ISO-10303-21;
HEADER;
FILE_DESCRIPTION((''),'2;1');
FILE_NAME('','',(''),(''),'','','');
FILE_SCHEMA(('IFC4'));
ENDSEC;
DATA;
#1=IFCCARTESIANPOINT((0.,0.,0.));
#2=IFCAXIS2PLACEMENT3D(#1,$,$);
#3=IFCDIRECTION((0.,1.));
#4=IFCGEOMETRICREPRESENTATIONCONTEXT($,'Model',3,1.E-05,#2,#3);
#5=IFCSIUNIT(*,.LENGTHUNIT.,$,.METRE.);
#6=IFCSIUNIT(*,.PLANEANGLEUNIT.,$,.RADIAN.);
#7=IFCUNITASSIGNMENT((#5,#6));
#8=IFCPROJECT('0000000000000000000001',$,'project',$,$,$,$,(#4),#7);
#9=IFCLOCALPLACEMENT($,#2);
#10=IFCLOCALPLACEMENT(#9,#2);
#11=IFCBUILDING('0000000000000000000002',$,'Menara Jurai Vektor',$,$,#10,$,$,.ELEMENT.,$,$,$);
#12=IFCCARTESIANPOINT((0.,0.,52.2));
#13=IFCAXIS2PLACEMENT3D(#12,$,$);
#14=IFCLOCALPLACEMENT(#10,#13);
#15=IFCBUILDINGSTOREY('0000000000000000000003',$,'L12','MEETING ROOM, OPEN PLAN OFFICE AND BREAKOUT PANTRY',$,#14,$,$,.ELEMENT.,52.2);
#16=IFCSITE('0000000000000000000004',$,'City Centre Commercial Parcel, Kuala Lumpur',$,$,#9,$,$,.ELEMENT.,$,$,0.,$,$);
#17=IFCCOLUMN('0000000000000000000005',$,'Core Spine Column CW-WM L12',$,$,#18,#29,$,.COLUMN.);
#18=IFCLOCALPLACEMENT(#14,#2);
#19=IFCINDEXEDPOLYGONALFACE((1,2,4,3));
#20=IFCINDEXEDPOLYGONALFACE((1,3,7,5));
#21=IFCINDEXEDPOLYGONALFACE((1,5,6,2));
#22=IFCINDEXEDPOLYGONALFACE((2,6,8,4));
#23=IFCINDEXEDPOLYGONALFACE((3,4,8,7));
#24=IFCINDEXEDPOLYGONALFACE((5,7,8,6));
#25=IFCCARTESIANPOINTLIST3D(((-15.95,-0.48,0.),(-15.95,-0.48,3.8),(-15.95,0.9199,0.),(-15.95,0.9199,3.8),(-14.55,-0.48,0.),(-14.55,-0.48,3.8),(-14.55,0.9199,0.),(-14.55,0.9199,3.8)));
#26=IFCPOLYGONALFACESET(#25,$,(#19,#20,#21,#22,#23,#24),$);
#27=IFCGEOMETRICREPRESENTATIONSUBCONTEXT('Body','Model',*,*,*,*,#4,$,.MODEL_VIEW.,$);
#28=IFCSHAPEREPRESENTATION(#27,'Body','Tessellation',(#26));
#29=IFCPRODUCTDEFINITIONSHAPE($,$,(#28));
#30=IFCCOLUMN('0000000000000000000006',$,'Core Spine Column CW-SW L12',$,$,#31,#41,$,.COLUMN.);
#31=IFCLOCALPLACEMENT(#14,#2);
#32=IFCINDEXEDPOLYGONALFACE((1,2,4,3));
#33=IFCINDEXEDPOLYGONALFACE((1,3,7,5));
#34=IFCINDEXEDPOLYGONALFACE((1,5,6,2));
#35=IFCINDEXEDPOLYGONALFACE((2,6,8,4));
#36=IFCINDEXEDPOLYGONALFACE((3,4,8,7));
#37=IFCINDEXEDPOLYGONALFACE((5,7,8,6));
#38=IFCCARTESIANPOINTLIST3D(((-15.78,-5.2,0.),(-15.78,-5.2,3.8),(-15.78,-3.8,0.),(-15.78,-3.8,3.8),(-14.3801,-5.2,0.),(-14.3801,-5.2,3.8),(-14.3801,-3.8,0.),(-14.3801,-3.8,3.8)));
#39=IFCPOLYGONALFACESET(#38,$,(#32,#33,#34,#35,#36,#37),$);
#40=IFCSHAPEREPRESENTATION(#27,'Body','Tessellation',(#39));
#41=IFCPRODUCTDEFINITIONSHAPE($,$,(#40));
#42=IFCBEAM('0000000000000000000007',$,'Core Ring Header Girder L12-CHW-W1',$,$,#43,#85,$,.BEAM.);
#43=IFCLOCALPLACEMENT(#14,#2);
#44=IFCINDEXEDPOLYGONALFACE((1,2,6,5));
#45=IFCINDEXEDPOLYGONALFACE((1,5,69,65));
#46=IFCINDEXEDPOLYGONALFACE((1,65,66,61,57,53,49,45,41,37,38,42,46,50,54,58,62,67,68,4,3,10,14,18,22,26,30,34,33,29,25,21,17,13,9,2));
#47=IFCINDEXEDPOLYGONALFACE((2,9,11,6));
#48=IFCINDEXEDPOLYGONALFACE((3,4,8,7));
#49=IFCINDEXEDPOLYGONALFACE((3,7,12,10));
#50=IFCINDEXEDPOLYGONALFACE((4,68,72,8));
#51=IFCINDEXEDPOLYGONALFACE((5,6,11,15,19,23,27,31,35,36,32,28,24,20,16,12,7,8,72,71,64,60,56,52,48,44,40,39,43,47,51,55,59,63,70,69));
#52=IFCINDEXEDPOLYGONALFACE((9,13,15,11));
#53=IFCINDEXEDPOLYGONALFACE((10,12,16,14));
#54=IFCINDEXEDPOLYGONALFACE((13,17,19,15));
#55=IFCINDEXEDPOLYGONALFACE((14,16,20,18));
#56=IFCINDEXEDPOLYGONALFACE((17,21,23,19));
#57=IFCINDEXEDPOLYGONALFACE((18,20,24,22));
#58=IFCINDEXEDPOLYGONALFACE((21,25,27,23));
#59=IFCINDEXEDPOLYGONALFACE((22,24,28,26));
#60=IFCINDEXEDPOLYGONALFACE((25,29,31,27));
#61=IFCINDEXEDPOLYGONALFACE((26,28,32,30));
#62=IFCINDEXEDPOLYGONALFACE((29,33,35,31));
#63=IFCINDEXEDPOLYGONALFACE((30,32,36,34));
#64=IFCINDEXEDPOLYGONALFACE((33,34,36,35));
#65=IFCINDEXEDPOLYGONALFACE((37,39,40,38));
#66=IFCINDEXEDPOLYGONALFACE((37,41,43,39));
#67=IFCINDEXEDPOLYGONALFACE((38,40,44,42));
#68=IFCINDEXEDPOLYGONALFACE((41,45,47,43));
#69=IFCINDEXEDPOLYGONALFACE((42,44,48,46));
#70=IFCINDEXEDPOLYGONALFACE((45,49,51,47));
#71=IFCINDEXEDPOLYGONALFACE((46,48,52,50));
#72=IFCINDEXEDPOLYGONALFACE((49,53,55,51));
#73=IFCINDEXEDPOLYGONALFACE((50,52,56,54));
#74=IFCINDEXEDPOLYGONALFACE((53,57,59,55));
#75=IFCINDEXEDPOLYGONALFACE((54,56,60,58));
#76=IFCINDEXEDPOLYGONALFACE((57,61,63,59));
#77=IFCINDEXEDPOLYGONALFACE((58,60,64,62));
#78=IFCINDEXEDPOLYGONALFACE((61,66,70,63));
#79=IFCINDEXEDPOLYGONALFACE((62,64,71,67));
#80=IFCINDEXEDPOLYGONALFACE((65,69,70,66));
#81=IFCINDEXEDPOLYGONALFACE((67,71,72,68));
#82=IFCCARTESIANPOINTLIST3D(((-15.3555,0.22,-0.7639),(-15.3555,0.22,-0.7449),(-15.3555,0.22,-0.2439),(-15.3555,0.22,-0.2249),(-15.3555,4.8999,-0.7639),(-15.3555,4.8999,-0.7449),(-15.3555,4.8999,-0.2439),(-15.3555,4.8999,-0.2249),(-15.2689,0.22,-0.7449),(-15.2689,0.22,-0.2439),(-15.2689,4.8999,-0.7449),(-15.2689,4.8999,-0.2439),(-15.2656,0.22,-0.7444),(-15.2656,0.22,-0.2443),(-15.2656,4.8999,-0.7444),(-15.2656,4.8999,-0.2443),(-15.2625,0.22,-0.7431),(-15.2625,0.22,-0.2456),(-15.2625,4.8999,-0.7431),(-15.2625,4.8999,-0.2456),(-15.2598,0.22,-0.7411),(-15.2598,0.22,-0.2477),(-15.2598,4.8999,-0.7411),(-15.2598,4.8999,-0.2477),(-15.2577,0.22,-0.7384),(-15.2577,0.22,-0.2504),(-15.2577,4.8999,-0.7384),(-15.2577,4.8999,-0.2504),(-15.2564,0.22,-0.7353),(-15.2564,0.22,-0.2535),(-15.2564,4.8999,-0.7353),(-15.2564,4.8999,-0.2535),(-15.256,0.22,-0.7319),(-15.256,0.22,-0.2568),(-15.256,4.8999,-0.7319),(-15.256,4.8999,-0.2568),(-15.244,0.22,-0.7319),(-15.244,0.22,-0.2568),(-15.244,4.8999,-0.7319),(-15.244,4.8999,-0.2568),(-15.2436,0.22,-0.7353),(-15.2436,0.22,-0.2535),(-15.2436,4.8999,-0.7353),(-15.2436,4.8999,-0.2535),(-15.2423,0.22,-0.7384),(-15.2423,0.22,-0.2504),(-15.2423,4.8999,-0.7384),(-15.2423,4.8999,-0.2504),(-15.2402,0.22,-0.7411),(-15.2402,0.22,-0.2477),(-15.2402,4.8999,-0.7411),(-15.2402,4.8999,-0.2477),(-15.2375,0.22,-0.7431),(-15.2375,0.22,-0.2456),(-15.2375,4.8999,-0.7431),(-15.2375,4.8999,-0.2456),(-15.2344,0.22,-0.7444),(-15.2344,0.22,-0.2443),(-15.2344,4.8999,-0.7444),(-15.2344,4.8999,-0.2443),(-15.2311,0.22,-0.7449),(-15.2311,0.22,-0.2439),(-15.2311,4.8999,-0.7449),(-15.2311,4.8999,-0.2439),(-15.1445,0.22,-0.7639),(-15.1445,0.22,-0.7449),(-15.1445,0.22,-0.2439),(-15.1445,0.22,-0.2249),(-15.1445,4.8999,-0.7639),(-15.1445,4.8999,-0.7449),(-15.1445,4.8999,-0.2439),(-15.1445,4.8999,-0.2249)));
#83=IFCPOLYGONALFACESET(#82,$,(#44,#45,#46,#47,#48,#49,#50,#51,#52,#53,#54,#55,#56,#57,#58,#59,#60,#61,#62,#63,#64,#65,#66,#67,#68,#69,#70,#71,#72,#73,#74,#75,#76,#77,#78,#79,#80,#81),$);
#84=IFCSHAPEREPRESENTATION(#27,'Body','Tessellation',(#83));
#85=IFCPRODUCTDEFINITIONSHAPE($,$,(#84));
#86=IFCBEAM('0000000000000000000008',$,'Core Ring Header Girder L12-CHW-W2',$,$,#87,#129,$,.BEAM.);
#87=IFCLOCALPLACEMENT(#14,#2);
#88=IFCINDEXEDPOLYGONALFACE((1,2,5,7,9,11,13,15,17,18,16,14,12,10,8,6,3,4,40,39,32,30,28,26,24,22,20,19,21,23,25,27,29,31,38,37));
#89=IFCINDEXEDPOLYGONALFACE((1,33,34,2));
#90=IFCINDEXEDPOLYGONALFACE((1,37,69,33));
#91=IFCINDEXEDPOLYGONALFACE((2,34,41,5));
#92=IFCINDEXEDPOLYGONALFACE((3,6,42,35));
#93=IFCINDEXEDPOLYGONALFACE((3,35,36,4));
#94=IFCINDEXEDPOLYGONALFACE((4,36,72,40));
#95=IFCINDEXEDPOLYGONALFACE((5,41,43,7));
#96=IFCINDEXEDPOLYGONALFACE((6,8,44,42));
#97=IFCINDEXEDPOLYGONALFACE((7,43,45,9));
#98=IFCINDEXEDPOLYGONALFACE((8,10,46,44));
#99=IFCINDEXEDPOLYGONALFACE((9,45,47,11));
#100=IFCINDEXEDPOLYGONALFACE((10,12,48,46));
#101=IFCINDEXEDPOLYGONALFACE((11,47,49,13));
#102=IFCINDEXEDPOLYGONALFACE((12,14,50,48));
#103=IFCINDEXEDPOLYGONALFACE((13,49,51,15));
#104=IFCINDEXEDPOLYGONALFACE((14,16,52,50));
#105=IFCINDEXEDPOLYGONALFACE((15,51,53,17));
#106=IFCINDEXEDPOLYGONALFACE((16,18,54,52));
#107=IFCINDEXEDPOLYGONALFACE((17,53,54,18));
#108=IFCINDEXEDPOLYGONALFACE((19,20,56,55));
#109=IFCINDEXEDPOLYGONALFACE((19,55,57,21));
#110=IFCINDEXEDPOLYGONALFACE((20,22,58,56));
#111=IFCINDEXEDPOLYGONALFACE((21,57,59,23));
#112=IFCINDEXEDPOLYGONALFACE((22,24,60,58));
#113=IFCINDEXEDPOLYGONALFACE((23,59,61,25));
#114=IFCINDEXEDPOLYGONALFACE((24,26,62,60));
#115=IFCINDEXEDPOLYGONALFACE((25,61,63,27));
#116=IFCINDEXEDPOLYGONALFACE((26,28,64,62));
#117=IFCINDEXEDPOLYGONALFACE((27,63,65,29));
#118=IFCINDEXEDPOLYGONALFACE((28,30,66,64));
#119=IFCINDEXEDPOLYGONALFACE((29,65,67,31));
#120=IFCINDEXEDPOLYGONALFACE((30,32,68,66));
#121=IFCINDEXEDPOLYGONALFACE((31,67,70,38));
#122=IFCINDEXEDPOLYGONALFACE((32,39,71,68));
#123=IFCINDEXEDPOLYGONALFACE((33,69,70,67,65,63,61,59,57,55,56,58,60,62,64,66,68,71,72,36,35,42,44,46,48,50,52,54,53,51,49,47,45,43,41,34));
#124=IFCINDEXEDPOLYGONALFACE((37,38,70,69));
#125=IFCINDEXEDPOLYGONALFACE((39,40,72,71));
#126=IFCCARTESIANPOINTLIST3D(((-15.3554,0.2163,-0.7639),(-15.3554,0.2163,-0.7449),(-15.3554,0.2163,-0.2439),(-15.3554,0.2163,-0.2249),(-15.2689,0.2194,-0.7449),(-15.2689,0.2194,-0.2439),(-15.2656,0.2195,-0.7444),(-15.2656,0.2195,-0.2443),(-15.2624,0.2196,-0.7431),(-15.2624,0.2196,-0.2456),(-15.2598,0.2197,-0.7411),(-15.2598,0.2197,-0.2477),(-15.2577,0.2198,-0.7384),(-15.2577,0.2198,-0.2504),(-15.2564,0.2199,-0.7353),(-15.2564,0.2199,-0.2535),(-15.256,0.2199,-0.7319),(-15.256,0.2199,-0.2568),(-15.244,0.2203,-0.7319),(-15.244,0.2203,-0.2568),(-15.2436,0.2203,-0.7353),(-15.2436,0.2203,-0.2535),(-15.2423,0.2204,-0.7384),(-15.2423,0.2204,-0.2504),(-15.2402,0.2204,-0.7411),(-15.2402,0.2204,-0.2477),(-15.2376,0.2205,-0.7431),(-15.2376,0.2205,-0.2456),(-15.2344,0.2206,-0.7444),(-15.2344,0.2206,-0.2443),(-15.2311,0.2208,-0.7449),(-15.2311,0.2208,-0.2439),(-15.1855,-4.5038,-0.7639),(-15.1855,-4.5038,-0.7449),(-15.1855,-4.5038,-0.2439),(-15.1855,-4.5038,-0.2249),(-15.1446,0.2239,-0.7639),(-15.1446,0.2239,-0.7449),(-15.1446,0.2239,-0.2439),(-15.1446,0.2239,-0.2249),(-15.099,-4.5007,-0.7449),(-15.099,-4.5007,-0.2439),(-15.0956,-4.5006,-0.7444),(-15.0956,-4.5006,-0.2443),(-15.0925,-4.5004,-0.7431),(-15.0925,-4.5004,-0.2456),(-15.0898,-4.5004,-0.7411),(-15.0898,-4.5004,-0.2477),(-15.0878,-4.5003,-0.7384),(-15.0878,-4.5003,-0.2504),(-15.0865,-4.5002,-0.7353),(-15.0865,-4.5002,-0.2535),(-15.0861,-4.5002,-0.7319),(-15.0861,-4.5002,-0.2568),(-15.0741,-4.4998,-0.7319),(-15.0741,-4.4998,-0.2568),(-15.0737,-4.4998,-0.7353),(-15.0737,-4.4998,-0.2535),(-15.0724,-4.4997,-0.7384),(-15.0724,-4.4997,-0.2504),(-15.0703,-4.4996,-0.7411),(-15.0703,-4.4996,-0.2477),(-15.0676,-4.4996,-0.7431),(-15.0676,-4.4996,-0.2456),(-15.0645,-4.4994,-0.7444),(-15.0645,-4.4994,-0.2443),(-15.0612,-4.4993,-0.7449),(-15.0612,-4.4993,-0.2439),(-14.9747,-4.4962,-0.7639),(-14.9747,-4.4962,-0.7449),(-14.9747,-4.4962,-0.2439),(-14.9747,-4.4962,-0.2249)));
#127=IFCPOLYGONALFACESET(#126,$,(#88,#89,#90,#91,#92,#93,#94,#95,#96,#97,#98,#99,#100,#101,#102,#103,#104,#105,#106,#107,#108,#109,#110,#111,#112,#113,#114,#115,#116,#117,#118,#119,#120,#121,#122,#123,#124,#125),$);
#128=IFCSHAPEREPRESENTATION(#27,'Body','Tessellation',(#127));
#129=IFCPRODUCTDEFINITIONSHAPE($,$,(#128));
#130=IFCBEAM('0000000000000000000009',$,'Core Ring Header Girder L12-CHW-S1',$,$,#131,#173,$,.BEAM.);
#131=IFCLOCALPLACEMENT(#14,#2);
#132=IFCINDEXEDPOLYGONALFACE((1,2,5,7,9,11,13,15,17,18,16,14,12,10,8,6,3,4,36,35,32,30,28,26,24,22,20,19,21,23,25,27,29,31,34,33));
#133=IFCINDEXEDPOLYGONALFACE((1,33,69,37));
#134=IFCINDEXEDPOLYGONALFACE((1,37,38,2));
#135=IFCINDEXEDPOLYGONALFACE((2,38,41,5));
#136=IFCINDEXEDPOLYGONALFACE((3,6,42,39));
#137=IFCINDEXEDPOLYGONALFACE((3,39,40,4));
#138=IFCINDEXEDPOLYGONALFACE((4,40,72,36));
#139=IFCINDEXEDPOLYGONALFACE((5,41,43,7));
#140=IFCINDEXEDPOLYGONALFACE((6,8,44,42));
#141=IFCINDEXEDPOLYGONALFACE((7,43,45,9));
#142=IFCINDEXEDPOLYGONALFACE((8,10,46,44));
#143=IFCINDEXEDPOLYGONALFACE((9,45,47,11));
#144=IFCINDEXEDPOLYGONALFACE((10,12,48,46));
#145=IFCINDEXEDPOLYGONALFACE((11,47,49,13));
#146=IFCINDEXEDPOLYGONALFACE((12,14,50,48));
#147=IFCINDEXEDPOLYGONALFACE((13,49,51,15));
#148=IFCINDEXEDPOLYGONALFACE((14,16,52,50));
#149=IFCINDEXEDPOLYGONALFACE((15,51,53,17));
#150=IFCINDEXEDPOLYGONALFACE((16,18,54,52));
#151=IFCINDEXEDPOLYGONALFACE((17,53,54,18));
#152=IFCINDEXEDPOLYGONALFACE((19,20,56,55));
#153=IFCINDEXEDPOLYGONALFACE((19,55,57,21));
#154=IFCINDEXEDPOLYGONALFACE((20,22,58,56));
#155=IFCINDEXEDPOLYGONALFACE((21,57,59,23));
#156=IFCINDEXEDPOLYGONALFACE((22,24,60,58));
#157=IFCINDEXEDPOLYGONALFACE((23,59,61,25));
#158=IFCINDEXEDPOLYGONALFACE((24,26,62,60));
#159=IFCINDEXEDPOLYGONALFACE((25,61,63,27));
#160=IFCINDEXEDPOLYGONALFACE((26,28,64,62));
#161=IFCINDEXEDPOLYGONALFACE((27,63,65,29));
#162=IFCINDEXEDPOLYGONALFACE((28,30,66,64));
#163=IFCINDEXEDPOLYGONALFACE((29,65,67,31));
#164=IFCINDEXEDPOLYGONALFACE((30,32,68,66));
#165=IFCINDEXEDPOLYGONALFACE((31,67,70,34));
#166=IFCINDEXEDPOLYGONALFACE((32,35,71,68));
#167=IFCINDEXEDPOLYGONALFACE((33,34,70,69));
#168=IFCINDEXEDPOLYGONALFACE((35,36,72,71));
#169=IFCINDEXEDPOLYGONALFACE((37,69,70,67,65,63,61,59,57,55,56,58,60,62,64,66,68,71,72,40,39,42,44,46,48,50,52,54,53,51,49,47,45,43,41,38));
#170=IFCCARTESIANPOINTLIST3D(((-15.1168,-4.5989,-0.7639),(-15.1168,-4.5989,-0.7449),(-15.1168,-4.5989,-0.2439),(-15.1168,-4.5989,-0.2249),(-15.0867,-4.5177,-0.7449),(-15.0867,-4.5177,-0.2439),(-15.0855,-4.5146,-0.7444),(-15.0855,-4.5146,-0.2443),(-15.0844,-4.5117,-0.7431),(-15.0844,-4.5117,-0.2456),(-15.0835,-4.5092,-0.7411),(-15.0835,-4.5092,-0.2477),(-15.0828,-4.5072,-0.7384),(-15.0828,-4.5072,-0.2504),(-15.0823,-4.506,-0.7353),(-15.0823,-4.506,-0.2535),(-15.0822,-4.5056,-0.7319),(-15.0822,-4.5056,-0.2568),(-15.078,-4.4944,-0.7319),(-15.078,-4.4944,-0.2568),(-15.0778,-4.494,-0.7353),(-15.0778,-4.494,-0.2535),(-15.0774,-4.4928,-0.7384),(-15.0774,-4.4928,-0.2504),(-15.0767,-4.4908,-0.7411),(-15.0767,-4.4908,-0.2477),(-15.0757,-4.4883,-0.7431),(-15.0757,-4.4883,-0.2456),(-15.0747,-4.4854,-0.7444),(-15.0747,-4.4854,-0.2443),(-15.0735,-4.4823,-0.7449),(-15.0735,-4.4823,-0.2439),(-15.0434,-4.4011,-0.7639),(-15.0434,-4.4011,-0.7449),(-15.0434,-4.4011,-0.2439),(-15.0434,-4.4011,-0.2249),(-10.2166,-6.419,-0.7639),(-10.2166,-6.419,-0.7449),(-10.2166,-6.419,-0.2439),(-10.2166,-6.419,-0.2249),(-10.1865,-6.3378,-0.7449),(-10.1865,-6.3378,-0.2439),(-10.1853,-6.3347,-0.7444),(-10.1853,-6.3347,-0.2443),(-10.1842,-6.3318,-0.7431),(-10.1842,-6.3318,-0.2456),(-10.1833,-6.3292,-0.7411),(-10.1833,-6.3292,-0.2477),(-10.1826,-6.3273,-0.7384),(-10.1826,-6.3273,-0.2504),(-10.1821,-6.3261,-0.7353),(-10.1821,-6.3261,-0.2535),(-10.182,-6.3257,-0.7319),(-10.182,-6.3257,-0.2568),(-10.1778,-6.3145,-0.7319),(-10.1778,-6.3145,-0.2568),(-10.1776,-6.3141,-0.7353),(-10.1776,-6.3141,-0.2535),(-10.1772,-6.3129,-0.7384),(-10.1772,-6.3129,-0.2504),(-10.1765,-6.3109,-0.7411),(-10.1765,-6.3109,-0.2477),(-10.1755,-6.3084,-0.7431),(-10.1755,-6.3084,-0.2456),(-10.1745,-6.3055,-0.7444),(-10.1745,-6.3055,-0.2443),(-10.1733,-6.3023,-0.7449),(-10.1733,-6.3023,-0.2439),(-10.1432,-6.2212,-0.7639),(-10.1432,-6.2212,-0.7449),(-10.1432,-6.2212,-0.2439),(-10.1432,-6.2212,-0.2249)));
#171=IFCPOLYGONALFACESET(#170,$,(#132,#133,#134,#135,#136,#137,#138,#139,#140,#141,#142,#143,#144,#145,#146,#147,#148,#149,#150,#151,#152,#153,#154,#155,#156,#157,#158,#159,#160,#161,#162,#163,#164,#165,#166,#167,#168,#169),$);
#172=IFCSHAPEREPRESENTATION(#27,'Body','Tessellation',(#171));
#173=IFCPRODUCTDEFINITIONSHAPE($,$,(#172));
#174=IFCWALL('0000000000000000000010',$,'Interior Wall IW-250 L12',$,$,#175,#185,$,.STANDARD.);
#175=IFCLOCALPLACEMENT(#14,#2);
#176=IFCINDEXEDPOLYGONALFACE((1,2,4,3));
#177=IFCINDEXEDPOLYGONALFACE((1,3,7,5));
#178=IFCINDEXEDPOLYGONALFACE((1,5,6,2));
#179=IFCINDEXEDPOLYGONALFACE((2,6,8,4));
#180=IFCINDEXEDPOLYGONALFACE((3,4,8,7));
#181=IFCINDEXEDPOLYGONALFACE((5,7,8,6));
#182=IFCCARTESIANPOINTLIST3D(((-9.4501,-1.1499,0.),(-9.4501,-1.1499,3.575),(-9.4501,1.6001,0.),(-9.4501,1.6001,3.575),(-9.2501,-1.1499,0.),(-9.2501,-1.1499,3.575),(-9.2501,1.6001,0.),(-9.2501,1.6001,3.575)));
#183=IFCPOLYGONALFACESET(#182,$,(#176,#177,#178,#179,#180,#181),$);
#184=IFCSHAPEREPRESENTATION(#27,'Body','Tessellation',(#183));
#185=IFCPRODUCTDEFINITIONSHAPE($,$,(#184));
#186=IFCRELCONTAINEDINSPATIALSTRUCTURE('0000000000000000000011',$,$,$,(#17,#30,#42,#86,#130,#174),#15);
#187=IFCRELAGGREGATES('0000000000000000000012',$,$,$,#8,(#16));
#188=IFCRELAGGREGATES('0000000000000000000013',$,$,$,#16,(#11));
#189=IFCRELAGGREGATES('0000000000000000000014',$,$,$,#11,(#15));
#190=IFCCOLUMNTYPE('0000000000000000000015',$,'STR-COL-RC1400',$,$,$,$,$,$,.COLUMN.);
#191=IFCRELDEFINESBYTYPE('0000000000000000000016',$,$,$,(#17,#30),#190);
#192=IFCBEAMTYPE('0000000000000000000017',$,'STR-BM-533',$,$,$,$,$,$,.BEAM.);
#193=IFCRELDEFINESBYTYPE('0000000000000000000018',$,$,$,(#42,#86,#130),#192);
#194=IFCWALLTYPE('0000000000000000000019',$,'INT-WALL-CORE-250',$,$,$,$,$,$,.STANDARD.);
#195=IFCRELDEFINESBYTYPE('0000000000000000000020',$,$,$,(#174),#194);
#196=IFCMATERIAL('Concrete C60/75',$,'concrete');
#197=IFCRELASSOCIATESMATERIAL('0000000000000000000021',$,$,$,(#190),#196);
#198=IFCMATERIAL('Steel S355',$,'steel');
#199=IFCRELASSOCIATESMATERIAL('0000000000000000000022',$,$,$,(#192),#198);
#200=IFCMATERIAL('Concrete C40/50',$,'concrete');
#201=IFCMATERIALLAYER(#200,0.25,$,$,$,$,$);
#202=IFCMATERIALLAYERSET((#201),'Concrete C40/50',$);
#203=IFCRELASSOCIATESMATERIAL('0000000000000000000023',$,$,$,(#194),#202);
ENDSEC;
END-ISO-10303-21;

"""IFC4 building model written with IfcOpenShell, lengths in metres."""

from ifc_helpers import new_model, si_unit, direction, frame, frame_2d, origin, origin_2d, place, context, subcontext, project, spatial, rectangle, i_section, extrude, material, layer, layer_set, material_profile, profile_set, type_object, element, save


model = new_model("IFC4")

# Units and contexts
model_context = context("Model", 3, precision=1e-05, world=origin(), true_north=direction((0.0, 1.0)))
body_context = subcontext(model_context, "Body", "Model", "MODEL_VIEW")
ifc_project = project(units=[si_unit("LENGTHUNIT", "METRE"), si_unit("PLANEANGLEUNIT", "RADIAN")], contexts=[model_context])

# Site, building, storey
site_placement = place(None, origin())
site = spatial("IfcSite", under=ifc_project, at=site_placement, Name="City Centre Commercial Parcel, Kuala Lumpur", CompositionType="ELEMENT", RefElevation=0.0)
building_placement = place(site_placement, origin())
building = spatial("IfcBuilding", under=site, at=building_placement, Name="Menara Jurai Vektor", CompositionType="ELEMENT")
storey_placement = place(building_placement, frame((0.0, 0.0, 52.2)))
storey = spatial("IfcBuildingStorey", under=building, at=storey_placement, Name="L12", Description="MEETING ROOM, OPEN PLAN OFFICE AND BREAKOUT PANTRY", CompositionType="ELEMENT", Elevation=52.2)

# Columns
ifc_material_1 = material(Name="Concrete C60/75", Category="concrete")
ifc_material_profile_1 = material_profile(ifc_material_1, rectangle(XDim=1.3999, YDim=1.3999, at=origin_2d()), Name="RC 1400x1400")
ifc_profile_set_1 = profile_set([ifc_material_profile_1], Name="Concrete C60/75")
column_type = type_object("IfcColumnType", Name="STR-COL-RC1400", PredefinedType="COLUMN", material=ifc_profile_set_1)
for number, where, z_axis, x_axis, name in (
    (1, (-15.25, 0.22, 0.0), (0.0, 0.0, 1.0), (1.0, 0.0, 0.0), "Core Spine Column CW-WM L12"),
    (2, (-15.0801, -4.5, 0.0), (0.0, 0.0, 1.0), (1.0, 0.0, 0.0), "Core Spine Column CW-SW L12"),
):
    element("IfcColumn", number, at=place(storey_placement, frame(where, z_axis=z_axis, x_axis=x_axis)), inside=storey, type_object=column_type, Name=name, PredefinedType="COLUMN", context=body_context, shape_type="SweptSolid", body=[
        extrude(rectangle(XDim=1.3999, YDim=1.3999, at=origin_2d()), origin(), (0.0, 0.0, 1.0), 3.8),
    ])

# Beams
ifc_material_2 = material(Name="Steel S355", Category="steel")
ifc_material_profile_2 = material_profile(ifc_material_2, i_section(OverallWidth=0.2109, OverallDepth=0.5391, WebThickness=0.012, FlangeThickness=0.019, FilletRadius=0.0129, at=origin_2d()), Name="UKB 533x210x109")
ifc_profile_set_2 = profile_set([ifc_material_profile_2], Name="Steel S355")
beam_type = type_object("IfcBeamType", Name="STR-BM-533", PredefinedType="BEAM", material=ifc_profile_set_2)
beam_1_placement = place(storey_placement, frame((-15.25, 0.22, -0.4944), z_axis=(0.0, 1.0, 0.0), x_axis=(-1.0, 0.0, 0.0)))
element("IfcBeam", 3, at=beam_1_placement, inside=storey, type_object=beam_type, Name="Core Ring Header Girder L12-CHW-W1", PredefinedType="BEAM", context=body_context, shape_type="SweptSolid", body=[
    extrude(i_section(OverallWidth=0.2109, OverallDepth=0.5391, WebThickness=0.012, FlangeThickness=0.019, FilletRadius=0.0129, at=origin_2d()), origin(), (0.0, 0.0, 1.0), 4.6799),
])
beam_2_placement = place(storey_placement, frame((-15.0801, -4.5, -0.4944), z_axis=(-0.035977, 0.999353, 0.0), x_axis=(-0.999353, -0.035977, 0.0)))
element("IfcBeam", 4, at=beam_2_placement, inside=storey, type_object=beam_type, Name="Core Ring Header Girder L12-CHW-W2", PredefinedType="BEAM", context=body_context, shape_type="SweptSolid", body=[
    extrude(i_section(OverallWidth=0.2109, OverallDepth=0.5391, WebThickness=0.012, FlangeThickness=0.019, FilletRadius=0.0129, at=origin_2d()), origin(), (0.0, 0.0, 1.0), 4.7231),
])
beam_3_placement = place(storey_placement, frame((-15.0801, -4.5, -0.4944), z_axis=(0.937424, -0.348189, 0.0), x_axis=(0.348189, 0.937424, 0.0)))
element("IfcBeam", 5, at=beam_3_placement, inside=storey, type_object=beam_type, Name="Core Ring Header Girder L12-CHW-S1", PredefinedType="BEAM", context=body_context, shape_type="SweptSolid", body=[
    extrude(i_section(OverallWidth=0.2109, OverallDepth=0.5391, WebThickness=0.012, FlangeThickness=0.019, FilletRadius=0.0129, at=origin_2d()), origin(), (0.0, 0.0, 1.0), 5.2273),
])

# Shared definitions
ifc_material_3 = material(Name="Concrete C40/50", Category="concrete")
ifc_layer_1 = layer(ifc_material_3, 0.25)
ifc_layer_set_1 = layer_set([ifc_layer_1], Name="Concrete C40/50")
wall_type_1 = type_object("IfcWallType", Name="INT-WALL-CORE-250", PredefinedType="STANDARD", material=ifc_layer_set_1)

# Wall
wall_1_placement = place(storey_placement, frame((-9.3501, -1.1499, 0.0), z_axis=(0.0, 0.0, 1.0), x_axis=(0.0, 1.0, 0.0)))
element("IfcWall", 6, at=wall_1_placement, inside=storey, type_object=wall_type_1, Name="Interior Wall IW-250 L12", PredefinedType="STANDARD", context=body_context, shape_type="SweptSolid", body=[
    extrude(rectangle(XDim=2.75, YDim=0.2, at=frame_2d((1.375, 0.0))), origin(), (0.0, 0.0, 1.0), 3.575),
])

save(model, "model.ifc")
